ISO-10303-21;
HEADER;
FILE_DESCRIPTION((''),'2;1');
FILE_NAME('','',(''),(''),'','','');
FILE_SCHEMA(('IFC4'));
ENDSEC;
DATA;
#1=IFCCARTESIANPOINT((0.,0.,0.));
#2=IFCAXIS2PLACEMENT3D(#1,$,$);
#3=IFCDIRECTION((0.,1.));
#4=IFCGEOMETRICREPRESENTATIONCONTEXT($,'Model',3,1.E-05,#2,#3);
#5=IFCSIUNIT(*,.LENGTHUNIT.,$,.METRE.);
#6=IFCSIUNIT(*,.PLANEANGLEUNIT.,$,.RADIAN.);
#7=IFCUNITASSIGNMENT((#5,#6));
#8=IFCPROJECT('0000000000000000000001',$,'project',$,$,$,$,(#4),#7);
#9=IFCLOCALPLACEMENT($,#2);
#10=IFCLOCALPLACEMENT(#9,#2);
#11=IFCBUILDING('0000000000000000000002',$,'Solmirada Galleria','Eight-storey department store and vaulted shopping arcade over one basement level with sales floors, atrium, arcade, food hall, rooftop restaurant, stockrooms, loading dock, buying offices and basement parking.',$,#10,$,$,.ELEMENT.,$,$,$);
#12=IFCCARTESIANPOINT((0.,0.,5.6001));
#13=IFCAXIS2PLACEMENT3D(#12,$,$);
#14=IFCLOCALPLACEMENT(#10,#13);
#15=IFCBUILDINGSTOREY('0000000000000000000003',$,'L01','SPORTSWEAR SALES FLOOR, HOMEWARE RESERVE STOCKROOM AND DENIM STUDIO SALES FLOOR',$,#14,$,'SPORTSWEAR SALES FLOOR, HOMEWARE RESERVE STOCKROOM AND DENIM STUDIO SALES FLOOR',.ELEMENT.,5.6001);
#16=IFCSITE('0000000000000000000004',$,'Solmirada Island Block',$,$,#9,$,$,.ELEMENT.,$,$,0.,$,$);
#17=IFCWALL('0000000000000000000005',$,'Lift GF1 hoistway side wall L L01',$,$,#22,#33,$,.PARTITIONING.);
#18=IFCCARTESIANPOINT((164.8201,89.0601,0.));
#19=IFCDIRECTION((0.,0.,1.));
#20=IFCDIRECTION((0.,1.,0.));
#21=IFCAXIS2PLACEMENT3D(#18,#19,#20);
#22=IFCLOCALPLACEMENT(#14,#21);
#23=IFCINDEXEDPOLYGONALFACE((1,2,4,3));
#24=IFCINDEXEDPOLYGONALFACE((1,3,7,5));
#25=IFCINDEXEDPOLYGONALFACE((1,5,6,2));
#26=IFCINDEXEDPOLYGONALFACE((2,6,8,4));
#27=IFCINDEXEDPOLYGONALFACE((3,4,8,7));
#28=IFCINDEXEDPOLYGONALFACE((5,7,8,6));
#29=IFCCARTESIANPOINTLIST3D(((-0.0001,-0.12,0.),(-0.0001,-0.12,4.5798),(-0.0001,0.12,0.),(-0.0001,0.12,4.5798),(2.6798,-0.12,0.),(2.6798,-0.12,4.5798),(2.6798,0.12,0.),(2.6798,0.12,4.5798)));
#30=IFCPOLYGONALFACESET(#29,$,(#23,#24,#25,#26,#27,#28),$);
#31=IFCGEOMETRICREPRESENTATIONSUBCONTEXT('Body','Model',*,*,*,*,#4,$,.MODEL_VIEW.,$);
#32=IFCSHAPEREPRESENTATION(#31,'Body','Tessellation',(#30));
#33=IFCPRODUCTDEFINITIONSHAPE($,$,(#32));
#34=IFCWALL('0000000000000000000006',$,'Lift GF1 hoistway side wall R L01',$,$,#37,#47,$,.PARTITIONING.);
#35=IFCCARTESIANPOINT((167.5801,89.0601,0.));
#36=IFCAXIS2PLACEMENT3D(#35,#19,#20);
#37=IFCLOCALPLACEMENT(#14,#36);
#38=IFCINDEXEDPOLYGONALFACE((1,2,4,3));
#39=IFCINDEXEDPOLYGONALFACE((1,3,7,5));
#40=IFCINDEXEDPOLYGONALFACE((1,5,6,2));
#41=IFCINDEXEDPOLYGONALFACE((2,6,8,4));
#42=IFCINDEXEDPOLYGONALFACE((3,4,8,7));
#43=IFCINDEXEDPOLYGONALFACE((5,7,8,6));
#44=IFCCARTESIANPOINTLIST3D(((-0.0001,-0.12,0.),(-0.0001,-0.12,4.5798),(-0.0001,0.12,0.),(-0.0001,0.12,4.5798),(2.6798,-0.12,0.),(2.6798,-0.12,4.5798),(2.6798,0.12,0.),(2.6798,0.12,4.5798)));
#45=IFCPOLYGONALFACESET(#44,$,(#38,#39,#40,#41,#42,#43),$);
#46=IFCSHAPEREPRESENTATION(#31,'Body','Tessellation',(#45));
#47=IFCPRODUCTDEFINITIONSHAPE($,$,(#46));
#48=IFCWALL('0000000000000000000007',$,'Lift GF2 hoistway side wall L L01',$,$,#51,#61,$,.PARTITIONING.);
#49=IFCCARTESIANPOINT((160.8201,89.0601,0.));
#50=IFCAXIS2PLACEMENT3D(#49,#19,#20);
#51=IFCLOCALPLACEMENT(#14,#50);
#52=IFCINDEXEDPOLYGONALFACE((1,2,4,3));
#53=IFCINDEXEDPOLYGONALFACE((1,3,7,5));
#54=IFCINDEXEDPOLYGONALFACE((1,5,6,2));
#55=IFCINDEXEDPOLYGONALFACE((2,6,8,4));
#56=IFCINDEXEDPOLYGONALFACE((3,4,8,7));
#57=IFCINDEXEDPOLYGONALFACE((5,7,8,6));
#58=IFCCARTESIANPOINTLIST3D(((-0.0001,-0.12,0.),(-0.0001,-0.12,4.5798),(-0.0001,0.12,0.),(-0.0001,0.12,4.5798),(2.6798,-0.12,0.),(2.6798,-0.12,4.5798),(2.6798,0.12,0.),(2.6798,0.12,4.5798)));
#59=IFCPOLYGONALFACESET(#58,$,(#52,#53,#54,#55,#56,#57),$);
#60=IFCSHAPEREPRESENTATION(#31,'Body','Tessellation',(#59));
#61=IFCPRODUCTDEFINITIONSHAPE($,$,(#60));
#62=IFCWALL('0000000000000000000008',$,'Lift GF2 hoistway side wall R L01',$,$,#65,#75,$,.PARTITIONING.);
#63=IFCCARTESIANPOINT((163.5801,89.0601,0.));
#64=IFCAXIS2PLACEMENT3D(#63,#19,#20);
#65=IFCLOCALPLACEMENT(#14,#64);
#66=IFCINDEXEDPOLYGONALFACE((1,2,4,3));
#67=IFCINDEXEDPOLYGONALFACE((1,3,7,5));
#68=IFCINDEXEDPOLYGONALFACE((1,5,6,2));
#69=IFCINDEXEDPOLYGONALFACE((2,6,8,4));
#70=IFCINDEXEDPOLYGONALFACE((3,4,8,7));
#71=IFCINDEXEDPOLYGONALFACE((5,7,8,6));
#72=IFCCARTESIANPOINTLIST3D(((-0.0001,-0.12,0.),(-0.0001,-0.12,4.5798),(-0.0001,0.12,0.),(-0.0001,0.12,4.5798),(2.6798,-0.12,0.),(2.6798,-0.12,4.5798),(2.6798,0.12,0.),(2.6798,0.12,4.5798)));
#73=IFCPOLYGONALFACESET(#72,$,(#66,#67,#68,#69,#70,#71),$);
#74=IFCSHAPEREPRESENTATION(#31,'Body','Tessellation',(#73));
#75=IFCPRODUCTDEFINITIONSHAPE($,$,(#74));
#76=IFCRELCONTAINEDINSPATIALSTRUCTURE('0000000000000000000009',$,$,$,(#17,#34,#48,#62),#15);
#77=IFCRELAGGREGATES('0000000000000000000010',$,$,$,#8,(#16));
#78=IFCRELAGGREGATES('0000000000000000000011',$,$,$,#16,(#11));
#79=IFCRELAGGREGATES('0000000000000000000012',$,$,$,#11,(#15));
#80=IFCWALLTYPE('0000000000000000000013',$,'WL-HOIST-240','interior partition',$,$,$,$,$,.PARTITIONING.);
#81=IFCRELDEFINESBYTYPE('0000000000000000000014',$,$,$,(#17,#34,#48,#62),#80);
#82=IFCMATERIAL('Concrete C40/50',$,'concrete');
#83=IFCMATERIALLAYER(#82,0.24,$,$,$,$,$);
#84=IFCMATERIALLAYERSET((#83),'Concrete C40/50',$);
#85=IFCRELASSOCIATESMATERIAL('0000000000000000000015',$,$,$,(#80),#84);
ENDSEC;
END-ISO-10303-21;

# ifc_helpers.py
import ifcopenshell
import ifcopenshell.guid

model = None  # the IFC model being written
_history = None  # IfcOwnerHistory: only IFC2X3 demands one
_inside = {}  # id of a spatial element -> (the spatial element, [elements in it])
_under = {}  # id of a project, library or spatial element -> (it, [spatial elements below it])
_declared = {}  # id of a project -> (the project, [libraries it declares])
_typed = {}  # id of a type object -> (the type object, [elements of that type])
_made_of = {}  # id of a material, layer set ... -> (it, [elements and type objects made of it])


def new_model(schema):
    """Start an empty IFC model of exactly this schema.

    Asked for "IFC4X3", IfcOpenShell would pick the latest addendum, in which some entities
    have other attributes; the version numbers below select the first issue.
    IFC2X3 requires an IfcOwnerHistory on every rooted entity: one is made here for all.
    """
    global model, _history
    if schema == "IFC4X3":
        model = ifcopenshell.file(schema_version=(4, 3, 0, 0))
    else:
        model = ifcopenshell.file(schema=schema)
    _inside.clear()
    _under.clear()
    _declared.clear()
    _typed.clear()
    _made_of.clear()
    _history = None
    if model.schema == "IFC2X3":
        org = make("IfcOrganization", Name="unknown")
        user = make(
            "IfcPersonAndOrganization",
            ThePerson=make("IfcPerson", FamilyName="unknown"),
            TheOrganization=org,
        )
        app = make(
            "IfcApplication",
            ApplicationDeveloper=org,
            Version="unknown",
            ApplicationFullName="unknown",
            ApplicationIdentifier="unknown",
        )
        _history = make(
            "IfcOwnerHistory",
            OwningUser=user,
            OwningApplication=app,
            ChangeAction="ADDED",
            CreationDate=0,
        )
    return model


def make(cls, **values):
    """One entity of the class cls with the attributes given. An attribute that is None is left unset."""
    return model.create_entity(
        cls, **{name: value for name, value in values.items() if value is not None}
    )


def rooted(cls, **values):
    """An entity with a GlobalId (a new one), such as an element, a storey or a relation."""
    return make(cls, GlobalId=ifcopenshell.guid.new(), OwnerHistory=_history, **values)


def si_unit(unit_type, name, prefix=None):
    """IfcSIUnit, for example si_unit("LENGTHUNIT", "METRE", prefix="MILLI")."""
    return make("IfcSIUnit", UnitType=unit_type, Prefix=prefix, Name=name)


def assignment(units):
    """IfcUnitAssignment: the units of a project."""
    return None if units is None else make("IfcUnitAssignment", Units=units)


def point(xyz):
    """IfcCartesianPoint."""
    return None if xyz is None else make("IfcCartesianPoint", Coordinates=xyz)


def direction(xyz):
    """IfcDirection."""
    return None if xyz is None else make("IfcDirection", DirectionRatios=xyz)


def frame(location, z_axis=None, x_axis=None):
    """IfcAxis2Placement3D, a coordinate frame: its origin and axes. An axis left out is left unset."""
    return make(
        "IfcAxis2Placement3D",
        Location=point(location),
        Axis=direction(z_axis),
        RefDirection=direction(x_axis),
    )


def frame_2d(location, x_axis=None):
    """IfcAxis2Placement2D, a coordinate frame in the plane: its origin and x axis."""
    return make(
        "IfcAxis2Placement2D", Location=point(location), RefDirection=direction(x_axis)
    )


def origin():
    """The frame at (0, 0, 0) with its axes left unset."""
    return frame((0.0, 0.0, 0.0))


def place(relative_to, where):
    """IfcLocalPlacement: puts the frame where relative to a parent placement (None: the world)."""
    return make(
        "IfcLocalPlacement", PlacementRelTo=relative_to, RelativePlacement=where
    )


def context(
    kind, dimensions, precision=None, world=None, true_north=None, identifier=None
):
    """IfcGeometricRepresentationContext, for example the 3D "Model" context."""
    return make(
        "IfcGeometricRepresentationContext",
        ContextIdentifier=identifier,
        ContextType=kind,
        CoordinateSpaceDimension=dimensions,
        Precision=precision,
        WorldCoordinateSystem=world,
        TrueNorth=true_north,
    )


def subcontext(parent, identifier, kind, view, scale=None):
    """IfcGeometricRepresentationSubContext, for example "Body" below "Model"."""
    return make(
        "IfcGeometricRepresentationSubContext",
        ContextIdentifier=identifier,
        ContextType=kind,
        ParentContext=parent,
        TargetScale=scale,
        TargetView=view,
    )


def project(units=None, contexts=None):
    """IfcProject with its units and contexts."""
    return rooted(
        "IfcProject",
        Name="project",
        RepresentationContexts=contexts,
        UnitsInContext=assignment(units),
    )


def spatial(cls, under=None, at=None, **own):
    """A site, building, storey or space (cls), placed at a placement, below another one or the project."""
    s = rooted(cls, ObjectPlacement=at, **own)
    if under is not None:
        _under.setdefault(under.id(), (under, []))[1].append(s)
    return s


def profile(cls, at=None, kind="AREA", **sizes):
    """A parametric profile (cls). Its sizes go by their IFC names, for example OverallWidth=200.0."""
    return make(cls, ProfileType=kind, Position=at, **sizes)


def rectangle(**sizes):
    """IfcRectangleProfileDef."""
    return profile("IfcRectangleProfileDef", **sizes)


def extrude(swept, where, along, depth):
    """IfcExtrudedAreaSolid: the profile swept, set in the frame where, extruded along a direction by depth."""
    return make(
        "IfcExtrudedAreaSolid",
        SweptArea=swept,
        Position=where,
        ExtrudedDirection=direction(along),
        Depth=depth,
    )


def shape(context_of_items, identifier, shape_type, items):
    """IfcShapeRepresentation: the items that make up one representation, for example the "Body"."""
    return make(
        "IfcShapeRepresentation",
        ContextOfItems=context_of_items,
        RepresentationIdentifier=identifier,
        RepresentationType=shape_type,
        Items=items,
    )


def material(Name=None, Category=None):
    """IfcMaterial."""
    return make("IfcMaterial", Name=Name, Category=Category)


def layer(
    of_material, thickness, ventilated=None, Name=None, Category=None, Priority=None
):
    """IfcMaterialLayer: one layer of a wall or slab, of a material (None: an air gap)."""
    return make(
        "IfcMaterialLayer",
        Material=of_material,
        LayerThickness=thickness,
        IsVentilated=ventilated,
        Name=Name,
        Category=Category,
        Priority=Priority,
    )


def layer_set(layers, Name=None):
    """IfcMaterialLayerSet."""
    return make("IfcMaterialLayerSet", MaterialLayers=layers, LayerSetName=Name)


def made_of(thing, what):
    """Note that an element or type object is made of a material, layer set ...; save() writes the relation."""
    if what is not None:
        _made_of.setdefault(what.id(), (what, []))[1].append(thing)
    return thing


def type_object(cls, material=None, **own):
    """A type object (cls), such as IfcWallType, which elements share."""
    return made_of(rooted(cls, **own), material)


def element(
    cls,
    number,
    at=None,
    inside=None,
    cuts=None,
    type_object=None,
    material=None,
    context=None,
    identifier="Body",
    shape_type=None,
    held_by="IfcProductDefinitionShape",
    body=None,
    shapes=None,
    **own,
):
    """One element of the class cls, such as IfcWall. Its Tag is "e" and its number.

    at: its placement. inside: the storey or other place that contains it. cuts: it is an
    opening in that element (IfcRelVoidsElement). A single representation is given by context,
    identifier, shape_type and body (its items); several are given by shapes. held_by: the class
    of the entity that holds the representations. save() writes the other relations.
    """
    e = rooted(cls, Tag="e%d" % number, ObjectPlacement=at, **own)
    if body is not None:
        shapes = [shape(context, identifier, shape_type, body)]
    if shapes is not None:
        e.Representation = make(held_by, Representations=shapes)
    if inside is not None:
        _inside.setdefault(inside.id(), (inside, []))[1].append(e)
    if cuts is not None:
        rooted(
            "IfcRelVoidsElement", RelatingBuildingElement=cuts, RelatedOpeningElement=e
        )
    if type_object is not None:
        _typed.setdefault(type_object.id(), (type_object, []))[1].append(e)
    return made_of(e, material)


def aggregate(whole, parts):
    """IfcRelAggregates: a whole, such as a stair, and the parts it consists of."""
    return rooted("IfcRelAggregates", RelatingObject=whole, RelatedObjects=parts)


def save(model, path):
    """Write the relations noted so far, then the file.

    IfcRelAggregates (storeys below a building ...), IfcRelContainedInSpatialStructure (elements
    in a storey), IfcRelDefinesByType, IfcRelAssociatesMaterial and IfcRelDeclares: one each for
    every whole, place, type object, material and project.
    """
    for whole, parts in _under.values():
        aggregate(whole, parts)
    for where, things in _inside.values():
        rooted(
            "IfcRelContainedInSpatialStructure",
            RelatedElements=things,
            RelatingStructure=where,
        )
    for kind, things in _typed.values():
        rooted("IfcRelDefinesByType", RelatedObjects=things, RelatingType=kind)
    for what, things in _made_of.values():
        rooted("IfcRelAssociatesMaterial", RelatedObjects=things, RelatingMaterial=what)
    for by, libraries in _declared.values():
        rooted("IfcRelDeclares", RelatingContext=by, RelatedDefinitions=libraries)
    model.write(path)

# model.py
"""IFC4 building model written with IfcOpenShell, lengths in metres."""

from ifc_helpers import new_model, si_unit, direction, frame, frame_2d, origin, place, context, subcontext, project, spatial, rectangle, extrude, material, layer, layer_set, type_object, element, save


model = new_model("IFC4")

# Units and contexts
model_context = context("Model", 3, precision=1e-05, world=origin(), true_north=direction((0.0, 1.0)))
body_context = subcontext(model_context, "Body", "Model", "MODEL_VIEW")
ifc_project = project(units=[si_unit("LENGTHUNIT", "METRE"), si_unit("PLANEANGLEUNIT", "RADIAN")], contexts=[model_context])

# Site, building, storey
site_placement = place(None, origin())
site = spatial("IfcSite", under=ifc_project, at=site_placement, Name="Solmirada Island Block", CompositionType="ELEMENT", RefElevation=0.0)
building_placement = place(site_placement, origin())
building = spatial("IfcBuilding", under=site, at=building_placement, Name="Solmirada Galleria", Description="Eight-storey department store and vaulted shopping arcade over one basement level with sales floors, atrium, arcade, food hall, rooftop restaurant, stockrooms, loading dock, buying offices and basement parking.", CompositionType="ELEMENT")
storey_placement = place(building_placement, frame((0.0, 0.0, 5.6001)))
storey = spatial("IfcBuildingStorey", under=building, at=storey_placement, Name="L01", Description="SPORTSWEAR SALES FLOOR, HOMEWARE RESERVE STOCKROOM AND DENIM STUDIO SALES FLOOR", LongName="SPORTSWEAR SALES FLOOR, HOMEWARE RESERVE STOCKROOM AND DENIM STUDIO SALES FLOOR", CompositionType="ELEMENT", Elevation=5.6001)

# Shared definitions
ifc_material_1 = material(Name="Concrete C40/50", Category="concrete")

# Shared definitions
ifc_layer_1 = layer(ifc_material_1, 0.24)
ifc_layer_set_1 = layer_set([ifc_layer_1], Name="Concrete C40/50")
wall_type_1 = type_object("IfcWallType", Name="WL-HOIST-240", Description="interior partition", PredefinedType="PARTITIONING", material=ifc_layer_set_1)

# Walls
for number, where, z_axis, x_axis, name in (
    (1, (164.8201, 89.0601, 0.0), (0.0, 0.0, 1.0), (0.0, 1.0, 0.0), "Lift GF1 hoistway side wall L L01"),
    (2, (167.5801, 89.0601, 0.0), (0.0, 0.0, 1.0), (0.0, 1.0, 0.0), "Lift GF1 hoistway side wall R L01"),
):
    element("IfcWall", number, at=place(storey_placement, frame(where, z_axis=z_axis, x_axis=x_axis)), inside=storey, type_object=wall_type_1, Name=name, PredefinedType="PARTITIONING", context=body_context, shape_type="SweptSolid", body=[
        extrude(rectangle(XDim=2.6799, YDim=0.24, at=frame_2d((1.3398, 0.0))), origin(), (0.0, 0.0, 1.0), 4.5798),
    ])

# Walls
for number, where, z_axis, x_axis, name in (
    (3, (160.8201, 89.0601, 0.0), (0.0, 0.0, 1.0), (0.0, 1.0, 0.0), "Lift GF2 hoistway side wall L L01"),
    (4, (163.5801, 89.0601, 0.0), (0.0, 0.0, 1.0), (0.0, 1.0, 0.0), "Lift GF2 hoistway side wall R L01"),
):
    element("IfcWall", number, at=place(storey_placement, frame(where, z_axis=z_axis, x_axis=x_axis)), inside=storey, type_object=wall_type_1, Name=name, PredefinedType="PARTITIONING", context=body_context, shape_type="SweptSolid", body=[
        extrude(rectangle(XDim=2.6799, YDim=0.24, at=frame_2d((1.3398, 0.0))), origin(), (0.0, 0.0, 1.0), 4.5798),
    ])

save(model, "model.ifc")
